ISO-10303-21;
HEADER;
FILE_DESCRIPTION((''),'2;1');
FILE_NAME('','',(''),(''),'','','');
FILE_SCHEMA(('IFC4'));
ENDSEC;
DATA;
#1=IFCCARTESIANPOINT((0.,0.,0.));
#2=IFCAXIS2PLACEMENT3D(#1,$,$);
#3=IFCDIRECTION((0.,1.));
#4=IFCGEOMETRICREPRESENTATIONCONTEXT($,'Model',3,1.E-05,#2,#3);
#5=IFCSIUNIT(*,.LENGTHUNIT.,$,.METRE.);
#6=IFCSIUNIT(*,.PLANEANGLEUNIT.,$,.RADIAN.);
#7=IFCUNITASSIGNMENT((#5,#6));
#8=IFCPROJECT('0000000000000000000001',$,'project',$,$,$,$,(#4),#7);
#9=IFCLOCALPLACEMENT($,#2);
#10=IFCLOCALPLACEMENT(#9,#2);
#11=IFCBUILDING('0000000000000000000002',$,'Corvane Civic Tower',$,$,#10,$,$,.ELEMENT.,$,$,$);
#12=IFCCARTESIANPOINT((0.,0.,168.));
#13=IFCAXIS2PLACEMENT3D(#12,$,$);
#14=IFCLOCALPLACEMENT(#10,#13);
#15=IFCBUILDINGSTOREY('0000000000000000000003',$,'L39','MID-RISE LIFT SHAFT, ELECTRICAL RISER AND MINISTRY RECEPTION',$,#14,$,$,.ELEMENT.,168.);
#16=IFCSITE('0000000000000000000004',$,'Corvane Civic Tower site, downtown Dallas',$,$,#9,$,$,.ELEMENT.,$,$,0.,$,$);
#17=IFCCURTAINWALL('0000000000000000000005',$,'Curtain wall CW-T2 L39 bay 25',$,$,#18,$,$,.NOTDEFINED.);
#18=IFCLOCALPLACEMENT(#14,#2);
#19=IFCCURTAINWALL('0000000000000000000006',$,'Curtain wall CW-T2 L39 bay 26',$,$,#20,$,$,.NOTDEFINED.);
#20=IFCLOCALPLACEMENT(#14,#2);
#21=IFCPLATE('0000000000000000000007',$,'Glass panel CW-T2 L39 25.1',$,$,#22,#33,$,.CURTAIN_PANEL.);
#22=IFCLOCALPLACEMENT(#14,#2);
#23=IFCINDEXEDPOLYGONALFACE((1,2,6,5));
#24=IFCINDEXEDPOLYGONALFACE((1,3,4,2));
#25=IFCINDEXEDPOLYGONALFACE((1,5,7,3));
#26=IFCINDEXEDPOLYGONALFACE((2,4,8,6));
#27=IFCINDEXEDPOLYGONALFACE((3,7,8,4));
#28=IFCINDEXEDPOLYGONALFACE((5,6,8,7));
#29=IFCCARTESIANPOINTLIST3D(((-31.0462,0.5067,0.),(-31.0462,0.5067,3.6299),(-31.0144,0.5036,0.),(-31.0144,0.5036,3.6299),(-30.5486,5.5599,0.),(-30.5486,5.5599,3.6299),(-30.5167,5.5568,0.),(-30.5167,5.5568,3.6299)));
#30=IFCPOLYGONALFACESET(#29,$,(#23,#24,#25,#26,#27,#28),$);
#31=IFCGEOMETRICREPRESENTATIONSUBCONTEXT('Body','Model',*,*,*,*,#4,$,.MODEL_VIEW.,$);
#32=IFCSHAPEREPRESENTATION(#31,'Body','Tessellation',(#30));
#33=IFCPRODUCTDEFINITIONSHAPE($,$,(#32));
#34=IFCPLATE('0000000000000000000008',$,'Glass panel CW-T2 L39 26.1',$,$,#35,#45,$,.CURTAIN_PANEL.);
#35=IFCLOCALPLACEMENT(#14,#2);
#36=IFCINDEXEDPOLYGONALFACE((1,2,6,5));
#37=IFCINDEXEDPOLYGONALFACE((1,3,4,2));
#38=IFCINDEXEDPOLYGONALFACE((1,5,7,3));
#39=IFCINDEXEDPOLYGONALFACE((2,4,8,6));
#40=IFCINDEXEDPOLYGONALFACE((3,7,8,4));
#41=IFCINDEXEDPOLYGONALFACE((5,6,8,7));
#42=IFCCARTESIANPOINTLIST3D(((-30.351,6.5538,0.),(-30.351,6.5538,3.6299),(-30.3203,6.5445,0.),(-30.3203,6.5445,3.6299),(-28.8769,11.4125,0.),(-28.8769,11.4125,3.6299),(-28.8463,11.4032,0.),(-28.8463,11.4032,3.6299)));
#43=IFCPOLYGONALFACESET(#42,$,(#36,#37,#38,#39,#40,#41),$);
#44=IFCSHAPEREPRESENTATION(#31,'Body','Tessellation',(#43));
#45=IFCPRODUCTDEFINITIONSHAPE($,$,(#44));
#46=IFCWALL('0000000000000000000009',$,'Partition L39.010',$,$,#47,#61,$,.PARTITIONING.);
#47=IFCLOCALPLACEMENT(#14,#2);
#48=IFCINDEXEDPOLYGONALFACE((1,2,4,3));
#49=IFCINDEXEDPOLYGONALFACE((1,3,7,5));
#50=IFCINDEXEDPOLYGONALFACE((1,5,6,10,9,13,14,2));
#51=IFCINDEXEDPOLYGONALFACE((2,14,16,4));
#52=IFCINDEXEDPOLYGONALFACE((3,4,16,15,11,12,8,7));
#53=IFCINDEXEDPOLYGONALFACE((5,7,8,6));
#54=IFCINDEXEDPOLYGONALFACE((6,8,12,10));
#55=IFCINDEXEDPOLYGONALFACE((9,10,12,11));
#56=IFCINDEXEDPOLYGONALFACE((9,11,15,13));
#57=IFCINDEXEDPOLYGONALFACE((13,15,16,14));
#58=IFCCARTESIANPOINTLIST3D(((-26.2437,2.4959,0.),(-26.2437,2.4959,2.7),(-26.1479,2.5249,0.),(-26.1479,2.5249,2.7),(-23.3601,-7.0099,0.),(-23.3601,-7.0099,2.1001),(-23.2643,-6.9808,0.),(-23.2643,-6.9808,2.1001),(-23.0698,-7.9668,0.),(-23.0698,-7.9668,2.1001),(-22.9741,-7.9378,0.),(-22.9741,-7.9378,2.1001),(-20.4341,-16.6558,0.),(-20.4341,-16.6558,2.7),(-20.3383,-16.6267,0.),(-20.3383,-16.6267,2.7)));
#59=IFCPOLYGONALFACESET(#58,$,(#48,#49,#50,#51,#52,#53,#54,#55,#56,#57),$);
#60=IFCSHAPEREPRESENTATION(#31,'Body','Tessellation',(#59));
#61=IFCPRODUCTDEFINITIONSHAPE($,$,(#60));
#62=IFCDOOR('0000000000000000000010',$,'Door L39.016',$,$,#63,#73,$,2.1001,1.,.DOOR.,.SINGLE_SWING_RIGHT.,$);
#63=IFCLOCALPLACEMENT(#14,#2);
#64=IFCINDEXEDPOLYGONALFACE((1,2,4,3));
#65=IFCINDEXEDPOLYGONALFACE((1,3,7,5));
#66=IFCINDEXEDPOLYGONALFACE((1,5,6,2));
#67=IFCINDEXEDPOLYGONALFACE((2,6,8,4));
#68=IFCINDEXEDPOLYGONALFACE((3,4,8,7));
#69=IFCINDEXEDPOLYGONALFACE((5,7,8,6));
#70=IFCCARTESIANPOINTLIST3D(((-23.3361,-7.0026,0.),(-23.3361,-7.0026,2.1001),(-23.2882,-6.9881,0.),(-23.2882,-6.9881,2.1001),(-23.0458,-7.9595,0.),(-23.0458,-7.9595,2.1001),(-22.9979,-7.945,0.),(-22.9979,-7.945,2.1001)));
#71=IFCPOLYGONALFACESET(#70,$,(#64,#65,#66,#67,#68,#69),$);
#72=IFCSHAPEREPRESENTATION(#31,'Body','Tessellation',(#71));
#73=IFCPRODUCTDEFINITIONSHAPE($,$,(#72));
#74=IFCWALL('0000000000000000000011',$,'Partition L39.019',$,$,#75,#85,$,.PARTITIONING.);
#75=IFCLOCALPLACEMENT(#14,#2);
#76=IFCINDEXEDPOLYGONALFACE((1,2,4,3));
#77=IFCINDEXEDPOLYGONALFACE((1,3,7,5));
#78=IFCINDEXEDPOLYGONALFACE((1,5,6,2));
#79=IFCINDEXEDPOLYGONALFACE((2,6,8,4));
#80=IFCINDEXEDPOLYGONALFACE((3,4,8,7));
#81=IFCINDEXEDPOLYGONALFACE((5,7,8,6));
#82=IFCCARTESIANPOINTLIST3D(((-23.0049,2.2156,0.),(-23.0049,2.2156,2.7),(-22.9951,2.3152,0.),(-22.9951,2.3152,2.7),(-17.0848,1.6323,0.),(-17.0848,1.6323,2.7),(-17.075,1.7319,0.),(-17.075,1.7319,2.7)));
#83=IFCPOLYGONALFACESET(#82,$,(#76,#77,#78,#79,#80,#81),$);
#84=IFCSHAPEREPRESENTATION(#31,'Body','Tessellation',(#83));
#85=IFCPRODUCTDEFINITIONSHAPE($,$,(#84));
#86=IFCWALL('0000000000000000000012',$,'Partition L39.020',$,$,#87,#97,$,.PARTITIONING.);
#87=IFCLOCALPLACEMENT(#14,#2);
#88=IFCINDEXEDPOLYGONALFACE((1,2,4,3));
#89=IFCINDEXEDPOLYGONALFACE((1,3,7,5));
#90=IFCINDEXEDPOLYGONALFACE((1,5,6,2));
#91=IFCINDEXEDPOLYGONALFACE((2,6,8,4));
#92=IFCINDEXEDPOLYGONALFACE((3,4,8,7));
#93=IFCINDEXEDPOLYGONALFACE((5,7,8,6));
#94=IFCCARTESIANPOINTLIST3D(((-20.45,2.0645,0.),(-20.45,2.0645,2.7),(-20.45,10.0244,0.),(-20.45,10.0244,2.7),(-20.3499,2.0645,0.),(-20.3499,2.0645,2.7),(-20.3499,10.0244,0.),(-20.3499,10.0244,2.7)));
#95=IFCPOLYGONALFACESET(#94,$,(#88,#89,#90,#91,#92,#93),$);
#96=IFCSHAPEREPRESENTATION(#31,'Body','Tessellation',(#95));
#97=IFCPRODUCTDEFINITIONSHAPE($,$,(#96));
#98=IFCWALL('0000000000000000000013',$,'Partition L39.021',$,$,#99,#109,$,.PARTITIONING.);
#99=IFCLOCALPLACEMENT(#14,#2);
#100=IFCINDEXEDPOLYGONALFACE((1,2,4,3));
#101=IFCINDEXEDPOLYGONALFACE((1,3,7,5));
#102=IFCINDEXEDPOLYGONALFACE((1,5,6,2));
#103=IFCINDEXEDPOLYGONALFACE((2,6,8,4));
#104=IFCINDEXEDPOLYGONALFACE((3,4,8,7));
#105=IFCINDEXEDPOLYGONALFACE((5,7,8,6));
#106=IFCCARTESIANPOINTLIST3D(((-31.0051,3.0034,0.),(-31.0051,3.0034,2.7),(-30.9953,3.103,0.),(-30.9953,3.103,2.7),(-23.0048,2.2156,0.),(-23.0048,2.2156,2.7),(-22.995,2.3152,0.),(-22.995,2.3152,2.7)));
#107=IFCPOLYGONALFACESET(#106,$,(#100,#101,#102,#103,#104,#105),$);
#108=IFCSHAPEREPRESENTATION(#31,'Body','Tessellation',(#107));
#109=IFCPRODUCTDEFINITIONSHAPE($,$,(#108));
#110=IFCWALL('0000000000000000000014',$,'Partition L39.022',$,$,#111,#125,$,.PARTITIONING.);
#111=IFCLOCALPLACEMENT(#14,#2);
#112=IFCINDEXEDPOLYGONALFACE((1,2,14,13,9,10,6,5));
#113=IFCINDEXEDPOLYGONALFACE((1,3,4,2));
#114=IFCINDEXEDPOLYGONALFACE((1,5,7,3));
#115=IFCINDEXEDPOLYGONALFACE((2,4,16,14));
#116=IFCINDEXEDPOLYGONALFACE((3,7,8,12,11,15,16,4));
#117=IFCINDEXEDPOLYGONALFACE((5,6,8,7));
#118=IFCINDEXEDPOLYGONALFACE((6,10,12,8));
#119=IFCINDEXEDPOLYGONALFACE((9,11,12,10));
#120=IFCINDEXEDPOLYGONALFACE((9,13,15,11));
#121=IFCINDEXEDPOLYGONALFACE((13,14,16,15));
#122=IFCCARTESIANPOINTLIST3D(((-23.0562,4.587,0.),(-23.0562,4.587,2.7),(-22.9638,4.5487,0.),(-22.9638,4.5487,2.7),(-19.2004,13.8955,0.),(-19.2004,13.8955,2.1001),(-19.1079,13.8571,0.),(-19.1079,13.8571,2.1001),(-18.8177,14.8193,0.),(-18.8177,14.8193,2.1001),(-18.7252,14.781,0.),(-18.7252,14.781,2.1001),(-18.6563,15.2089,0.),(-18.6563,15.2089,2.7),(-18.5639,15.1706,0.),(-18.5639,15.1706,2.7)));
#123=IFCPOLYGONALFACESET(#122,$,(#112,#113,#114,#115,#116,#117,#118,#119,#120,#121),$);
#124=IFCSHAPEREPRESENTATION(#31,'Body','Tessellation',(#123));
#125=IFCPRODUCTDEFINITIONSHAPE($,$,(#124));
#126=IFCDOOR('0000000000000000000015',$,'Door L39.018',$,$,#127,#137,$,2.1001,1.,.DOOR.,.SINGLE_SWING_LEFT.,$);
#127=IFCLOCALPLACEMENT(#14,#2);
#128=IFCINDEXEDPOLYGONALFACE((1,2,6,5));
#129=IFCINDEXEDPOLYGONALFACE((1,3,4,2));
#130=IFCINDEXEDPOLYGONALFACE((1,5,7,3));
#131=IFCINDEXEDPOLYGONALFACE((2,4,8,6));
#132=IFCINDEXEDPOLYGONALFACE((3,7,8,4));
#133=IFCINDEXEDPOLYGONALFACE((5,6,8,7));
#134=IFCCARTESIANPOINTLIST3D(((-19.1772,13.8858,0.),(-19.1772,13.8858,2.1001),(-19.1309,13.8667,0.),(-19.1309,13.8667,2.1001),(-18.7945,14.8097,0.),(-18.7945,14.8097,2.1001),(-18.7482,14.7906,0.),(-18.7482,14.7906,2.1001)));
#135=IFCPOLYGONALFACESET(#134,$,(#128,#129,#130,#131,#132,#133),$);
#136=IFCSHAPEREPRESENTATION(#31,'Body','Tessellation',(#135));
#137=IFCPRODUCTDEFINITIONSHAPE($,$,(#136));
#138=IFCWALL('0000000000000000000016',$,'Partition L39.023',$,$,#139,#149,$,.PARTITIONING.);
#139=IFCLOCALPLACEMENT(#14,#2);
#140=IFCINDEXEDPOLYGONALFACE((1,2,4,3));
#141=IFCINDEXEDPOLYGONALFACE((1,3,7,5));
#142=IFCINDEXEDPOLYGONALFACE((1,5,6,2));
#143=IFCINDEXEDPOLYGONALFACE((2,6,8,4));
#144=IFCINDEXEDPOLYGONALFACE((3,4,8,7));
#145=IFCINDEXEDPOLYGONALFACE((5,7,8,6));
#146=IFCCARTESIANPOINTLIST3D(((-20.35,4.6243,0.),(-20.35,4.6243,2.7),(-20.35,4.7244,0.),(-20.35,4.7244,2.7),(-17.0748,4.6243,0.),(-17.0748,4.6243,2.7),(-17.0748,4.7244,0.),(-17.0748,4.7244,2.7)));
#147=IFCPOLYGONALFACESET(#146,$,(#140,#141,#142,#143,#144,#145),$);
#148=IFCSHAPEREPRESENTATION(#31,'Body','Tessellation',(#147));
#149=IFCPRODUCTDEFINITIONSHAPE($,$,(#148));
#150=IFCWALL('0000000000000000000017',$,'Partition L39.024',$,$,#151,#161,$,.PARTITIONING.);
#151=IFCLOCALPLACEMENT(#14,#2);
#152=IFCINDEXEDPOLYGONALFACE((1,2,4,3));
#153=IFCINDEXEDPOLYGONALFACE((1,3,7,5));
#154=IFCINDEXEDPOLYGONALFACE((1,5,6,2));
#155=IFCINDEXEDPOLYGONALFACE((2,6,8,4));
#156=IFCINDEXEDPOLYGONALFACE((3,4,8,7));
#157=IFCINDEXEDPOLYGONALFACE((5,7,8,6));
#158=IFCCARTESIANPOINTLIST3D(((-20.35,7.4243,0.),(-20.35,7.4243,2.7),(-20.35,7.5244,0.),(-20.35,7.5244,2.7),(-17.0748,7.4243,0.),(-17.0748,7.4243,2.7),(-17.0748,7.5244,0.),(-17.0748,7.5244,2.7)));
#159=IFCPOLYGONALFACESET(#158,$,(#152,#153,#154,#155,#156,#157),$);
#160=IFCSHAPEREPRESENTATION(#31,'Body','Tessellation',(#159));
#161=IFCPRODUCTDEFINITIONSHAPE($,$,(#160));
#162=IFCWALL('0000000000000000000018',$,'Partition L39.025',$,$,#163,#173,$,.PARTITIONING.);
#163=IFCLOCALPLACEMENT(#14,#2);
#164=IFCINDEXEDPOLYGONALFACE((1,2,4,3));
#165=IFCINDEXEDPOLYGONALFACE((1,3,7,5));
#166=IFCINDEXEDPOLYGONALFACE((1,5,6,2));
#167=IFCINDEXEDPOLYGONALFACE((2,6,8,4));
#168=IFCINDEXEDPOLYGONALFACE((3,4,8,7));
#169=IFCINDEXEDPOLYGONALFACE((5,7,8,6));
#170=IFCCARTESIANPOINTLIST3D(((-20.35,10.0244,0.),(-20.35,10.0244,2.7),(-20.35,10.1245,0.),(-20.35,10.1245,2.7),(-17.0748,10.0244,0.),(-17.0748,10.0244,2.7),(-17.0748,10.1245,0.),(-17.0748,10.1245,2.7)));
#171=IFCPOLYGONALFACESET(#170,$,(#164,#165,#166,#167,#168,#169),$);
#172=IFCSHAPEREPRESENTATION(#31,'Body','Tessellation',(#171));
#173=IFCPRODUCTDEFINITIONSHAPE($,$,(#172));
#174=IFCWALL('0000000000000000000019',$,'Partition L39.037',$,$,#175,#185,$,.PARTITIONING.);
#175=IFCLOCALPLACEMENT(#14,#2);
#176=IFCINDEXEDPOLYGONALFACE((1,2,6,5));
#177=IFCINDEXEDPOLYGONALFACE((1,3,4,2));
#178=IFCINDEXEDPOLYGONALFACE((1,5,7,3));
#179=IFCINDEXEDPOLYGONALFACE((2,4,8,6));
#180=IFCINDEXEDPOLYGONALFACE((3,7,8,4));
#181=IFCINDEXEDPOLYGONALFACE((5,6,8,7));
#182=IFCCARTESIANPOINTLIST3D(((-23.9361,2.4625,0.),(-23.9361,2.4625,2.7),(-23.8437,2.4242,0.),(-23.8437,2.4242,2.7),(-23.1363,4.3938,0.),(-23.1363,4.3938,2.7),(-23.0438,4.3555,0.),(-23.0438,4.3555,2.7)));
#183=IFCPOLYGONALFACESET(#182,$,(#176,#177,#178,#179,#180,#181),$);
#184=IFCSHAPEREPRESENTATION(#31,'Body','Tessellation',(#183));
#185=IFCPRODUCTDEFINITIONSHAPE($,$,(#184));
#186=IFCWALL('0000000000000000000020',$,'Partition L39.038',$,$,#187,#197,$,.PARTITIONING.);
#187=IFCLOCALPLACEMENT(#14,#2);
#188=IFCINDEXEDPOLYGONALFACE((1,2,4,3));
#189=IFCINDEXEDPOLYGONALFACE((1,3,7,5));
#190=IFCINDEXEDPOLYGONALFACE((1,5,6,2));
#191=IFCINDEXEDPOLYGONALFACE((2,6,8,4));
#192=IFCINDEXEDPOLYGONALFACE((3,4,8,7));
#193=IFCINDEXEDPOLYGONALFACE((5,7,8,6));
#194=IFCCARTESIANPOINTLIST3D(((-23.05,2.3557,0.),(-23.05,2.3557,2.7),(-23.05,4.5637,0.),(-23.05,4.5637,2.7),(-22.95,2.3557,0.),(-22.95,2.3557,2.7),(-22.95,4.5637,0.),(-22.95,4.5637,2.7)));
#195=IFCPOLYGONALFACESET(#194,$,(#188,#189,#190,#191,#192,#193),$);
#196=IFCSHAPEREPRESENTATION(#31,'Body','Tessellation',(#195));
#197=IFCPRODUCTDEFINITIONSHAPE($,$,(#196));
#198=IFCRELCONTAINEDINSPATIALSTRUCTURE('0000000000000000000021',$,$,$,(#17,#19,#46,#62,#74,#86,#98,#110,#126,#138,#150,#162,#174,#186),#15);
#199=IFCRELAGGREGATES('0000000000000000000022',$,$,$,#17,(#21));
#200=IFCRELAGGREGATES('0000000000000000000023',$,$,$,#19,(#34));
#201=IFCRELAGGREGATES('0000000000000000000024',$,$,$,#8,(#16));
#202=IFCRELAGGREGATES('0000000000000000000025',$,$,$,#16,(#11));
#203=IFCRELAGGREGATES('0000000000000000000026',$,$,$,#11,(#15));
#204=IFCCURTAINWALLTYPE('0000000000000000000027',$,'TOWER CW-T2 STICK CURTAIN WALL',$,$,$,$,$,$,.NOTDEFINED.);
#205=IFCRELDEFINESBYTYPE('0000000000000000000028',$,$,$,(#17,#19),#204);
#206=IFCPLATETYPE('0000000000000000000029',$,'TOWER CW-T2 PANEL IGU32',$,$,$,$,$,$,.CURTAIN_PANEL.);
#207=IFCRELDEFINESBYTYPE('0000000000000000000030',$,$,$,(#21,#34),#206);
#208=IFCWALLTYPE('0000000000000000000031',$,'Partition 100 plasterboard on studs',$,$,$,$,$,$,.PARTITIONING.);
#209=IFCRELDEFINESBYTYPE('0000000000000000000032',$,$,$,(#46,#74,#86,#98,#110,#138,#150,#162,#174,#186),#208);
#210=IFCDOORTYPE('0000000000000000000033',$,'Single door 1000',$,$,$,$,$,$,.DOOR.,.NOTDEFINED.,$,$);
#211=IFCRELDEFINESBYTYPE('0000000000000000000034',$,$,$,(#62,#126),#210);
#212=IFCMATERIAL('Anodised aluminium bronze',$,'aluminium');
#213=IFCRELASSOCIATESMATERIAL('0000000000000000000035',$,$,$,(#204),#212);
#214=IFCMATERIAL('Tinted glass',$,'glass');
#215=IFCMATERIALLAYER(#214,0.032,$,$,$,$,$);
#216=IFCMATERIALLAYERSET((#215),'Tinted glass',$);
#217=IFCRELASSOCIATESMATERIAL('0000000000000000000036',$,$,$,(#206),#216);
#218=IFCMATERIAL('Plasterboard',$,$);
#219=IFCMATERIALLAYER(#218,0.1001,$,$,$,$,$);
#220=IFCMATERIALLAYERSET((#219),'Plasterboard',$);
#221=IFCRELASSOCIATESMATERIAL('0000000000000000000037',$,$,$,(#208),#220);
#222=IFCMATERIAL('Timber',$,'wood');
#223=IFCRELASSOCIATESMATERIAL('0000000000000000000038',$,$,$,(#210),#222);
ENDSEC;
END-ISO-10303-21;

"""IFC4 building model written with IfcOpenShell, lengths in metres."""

from ifc_helpers import new_model, si_unit, direction, frame, frame_2d, origin, origin_2d, place, context, subcontext, project, spatial, rectangle, extrude, material, layer, layer_set, type_object, element, fill, aggregate, save


model = new_model("IFC4")

# Units and contexts
model_context = context("Model", 3, precision=1e-05, world=origin(), true_north=direction((0.0, 1.0)))
body_context = subcontext(model_context, "Body", "Model", "MODEL_VIEW")
ifc_project = project(units=[si_unit("LENGTHUNIT", "METRE"), si_unit("PLANEANGLEUNIT", "RADIAN")], contexts=[model_context])

# Site, building, storey
site_placement = place(None, origin())
site = spatial("IfcSite", under=ifc_project, at=site_placement, Name="Corvane Civic Tower site, downtown Dallas", CompositionType="ELEMENT", RefElevation=0.0)
building_placement = place(site_placement, origin())
building = spatial("IfcBuilding", under=site, at=building_placement, Name="Corvane Civic Tower", CompositionType="ELEMENT")
storey_placement = place(building_placement, frame((0.0, 0.0, 168.0)))
storey = spatial("IfcBuildingStorey", under=building, at=storey_placement, Name="L39", Description="MID-RISE LIFT SHAFT, ELECTRICAL RISER AND MINISTRY RECEPTION", CompositionType="ELEMENT", Elevation=168.0)

# Curtain walls
ifc_material_1 = material(Name="Anodised aluminium bronze", Category="aluminium")
curtain_wall_type = type_object("IfcCurtainWallType", Name="TOWER CW-T2 STICK CURTAIN WALL", PredefinedType="NOTDEFINED", material=ifc_material_1)
curtain_wall_1_placement = place(storey_placement, origin())
curtain_wall_1 = element("IfcCurtainWall", 1, at=curtain_wall_1_placement, inside=storey, type_object=curtain_wall_type, Name="Curtain wall CW-T2 L39 bay 25", PredefinedType="NOTDEFINED")
curtain_wall_2_placement = place(storey_placement, origin())
curtain_wall_2 = element("IfcCurtainWall", 2, at=curtain_wall_2_placement, inside=storey, type_object=curtain_wall_type, Name="Curtain wall CW-T2 L39 bay 26", PredefinedType="NOTDEFINED")

# Plates
ifc_material_2 = material(Name="Tinted glass", Category="glass")
ifc_layer_1 = layer(ifc_material_2, 0.032)
ifc_layer_set_1 = layer_set([ifc_layer_1], Name="Tinted glass")
plate_type = type_object("IfcPlateType", Name="TOWER CW-T2 PANEL IGU32", PredefinedType="CURTAIN_PANEL", material=ifc_layer_set_1)
plate_1_placement = place(storey_placement, frame((-30.7815, 3.0317, 0.0), z_axis=(0.0, 0.0, 1.0), x_axis=(0.098012, 0.995185, 0.0)))
plate_1 = element("IfcPlate", 3, at=plate_1_placement, type_object=plate_type, Name="Glass panel CW-T2 L39 25.1", PredefinedType="CURTAIN_PANEL", context=body_context, shape_type="SweptSolid", body=[
    extrude(rectangle(XDim=5.0776, YDim=0.032, at=origin_2d()), origin(), (0.0, 0.0, 1.0), 3.6299),
])
aggregate(curtain_wall_1, [plate_1])
plate_2_placement = place(storey_placement, frame((-29.5986, 8.9785, 0.0), z_axis=(0.0, 0.0, 1.0), x_axis=(0.290313, 0.956932, 0.0)))
plate_2 = element("IfcPlate", 4, at=plate_2_placement, type_object=plate_type, Name="Glass panel CW-T2 L39 26.1", PredefinedType="CURTAIN_PANEL", context=body_context, shape_type="SweptSolid", body=[
    extrude(rectangle(XDim=5.0774, YDim=0.032, at=origin_2d()), origin(), (0.0, 0.0, 1.0), 3.6299),
])
aggregate(curtain_wall_2, [plate_2])

# Wall, opening, door
ifc_material_3 = material(Name="Plasterboard")
ifc_layer_2 = layer(ifc_material_3, 0.1001)
ifc_layer_set_2 = layer_set([ifc_layer_2], Name="Plasterboard")
wall_type = type_object("IfcWallType", Name="Partition 100 plasterboard on studs", PredefinedType="PARTITIONING", material=ifc_layer_set_2)
wall_1_placement = place(storey_placement, frame((-26.1958, 2.5105, 0.0), z_axis=(0.0, 0.0, 1.0), x_axis=(0.290284, -0.95694, 0.0)))
wall_1 = element("IfcWall", 5, at=wall_1_placement, inside=storey, type_object=wall_type, Name="Partition L39.010", PredefinedType="PARTITIONING", context=body_context, shape_type="SweptSolid", body=[
    extrude(rectangle(XDim=20.0134, YDim=0.1001, at=frame_2d((10.0068, 0.0))), origin(), (0.0, 0.0, 1.0), 2.7),
])
opening_1_placement = place(wall_1_placement, frame((9.9336, 0.0, 0.0)))
opening_1 = element("IfcOpeningElement", 6, at=opening_1_placement, cuts=wall_1, PredefinedType="OPENING", context=body_context, shape_type="SweptSolid", body=[
    extrude(rectangle(XDim=1.0, YDim=2.1001, at=frame_2d((0.5, 1.05))), frame((0.0, 0.0601, 0.0), z_axis=(0.0, -1.0, 0.0), x_axis=(1.0, 0.0, 0.0)), (0.0, 0.0, 1.0), 0.1201),
])
ifc_material_4 = material(Name="Timber", Category="wood")
door_type = type_object("IfcDoorType", Name="Single door 1000", OperationType="NOTDEFINED", PredefinedType="DOOR", material=ifc_material_4)
door_1_placement = place(opening_1_placement, frame((1.0, 0.0, 0.0), z_axis=(0.0, 0.0, 1.0), x_axis=(-1.0, 0.0, 0.0)))
door_1 = element("IfcDoor", 7, at=door_1_placement, inside=storey, type_object=door_type, Name="Door L39.016", OperationType="SINGLE_SWING_RIGHT", OverallHeight=2.1001, OverallWidth=1.0, PredefinedType="DOOR", context=body_context, shape_type="SweptSolid", body=[
    extrude(rectangle(XDim=1.0, YDim=2.1001, at=frame_2d((0.5, 1.05))), frame((0.0, 0.0249, 0.0), z_axis=(0.0, -1.0, 0.0), x_axis=(1.0, 0.0, 0.0)), (0.0, 0.0, 1.0), 0.05),
])
fill(opening_1, door_1)

# Walls
wall_2_placement = place(storey_placement, frame((-23.0, 2.2654, 0.0), z_axis=(0.0, 0.0, 1.0), x_axis=(0.995182, -0.098045, 0.0)))
element("IfcWall", 8, at=wall_2_placement, inside=storey, type_object=wall_type, Name="Partition L39.019", PredefinedType="PARTITIONING", context=body_context, shape_type="SweptSolid", body=[
    extrude(rectangle(XDim=5.9487, YDim=0.1001, at=frame_2d((2.9744, 0.0))), origin(), (0.0, 0.0, 1.0), 2.7),
])
wall_3_placement = place(storey_placement, frame((-20.3999, 2.0645, 0.0), z_axis=(0.0, 0.0, 1.0), x_axis=(0.0, 1.0, 0.0)))
element("IfcWall", 9, at=wall_3_placement, inside=storey, type_object=wall_type, Name="Partition L39.020", PredefinedType="PARTITIONING", context=body_context, shape_type="SweptSolid", body=[
    extrude(rectangle(XDim=7.96, YDim=0.1001, at=frame_2d((3.98, 0.0))), origin(), (0.0, 0.0, 1.0), 2.7),
])
wall_4_placement = place(storey_placement, frame((-31.0002, 3.0532, 0.0), z_axis=(0.0, 0.0, 1.0), x_axis=(0.995186, -0.098003, 0.0)))
element("IfcWall", 10, at=wall_4_placement, inside=storey, type_object=wall_type, Name="Partition L39.021", PredefinedType="PARTITIONING", context=body_context, shape_type="SweptSolid", body=[
    extrude(rectangle(XDim=8.0391, YDim=0.1001, at=frame_2d((4.0195, 0.0))), origin(), (0.0, 0.0, 1.0), 2.7),
])

# Wall, opening, door
wall_5_placement = place(storey_placement, frame((-23.01, 4.5679, 0.0), z_axis=(0.0, 0.0, 1.0), x_axis=(0.382698, 0.923873, 0.0)))
wall_5 = element("IfcWall", 11, at=wall_5_placement, inside=storey, type_object=wall_type, Name="Partition L39.022", PredefinedType="PARTITIONING", context=body_context, shape_type="SweptSolid", body=[
    extrude(rectangle(XDim=11.4971, YDim=0.1001, at=frame_2d((5.7485, 0.0))), origin(), (0.0, 0.0, 1.0), 2.7),
])
opening_2_placement = place(wall_5_placement, frame((10.0754, 0.0, 0.0)))
opening_2 = element("IfcOpeningElement", 12, at=opening_2_placement, cuts=wall_5, PredefinedType="OPENING", context=body_context, shape_type="SweptSolid", body=[
    extrude(rectangle(XDim=1.0, YDim=2.1001, at=frame_2d((0.5, 1.05))), frame((0.0, 0.0601, 0.0), z_axis=(0.0, -1.0, 0.0), x_axis=(1.0, 0.0, 0.0)), (0.0, 0.0, 1.0), 0.1201),
])
door_2_placement = place(opening_2_placement, origin())
door_2 = element("IfcDoor", 13, at=door_2_placement, inside=storey, type_object=door_type, Name="Door L39.018", OperationType="SINGLE_SWING_LEFT", OverallHeight=2.1001, OverallWidth=1.0, PredefinedType="DOOR", context=body_context, shape_type="SweptSolid", body=[
    extrude(rectangle(XDim=1.0, YDim=2.1001, at=frame_2d((0.5, 1.05))), frame((0.0, 0.0249, 0.0), z_axis=(0.0, -1.0, 0.0), x_axis=(1.0, 0.0, 0.0)), (0.0, 0.0, 1.0), 0.05),
])
fill(opening_2, door_2)

# Walls
for number, where, z_axis, x_axis, name in (
    (14, (-20.3501, 4.6743, 0.0), (0.0, 0.0, 1.0), (1.0, 0.0, 0.0), "Partition L39.023"),
    (15, (-20.3501, 7.4744, 0.0), (0.0, 0.0, 1.0), (1.0, 0.0, 0.0), "Partition L39.024"),
    (16, (-20.3501, 10.0745, 0.0), (0.0, 0.0, 1.0), (1.0, 0.0, 0.0), "Partition L39.025"),
):
    element("IfcWall", number, at=place(storey_placement, frame(where, z_axis=z_axis, x_axis=x_axis)), inside=storey, type_object=wall_type, Name=name, PredefinedType="PARTITIONING", context=body_context, shape_type="SweptSolid", body=[
        extrude(rectangle(XDim=3.2751, YDim=0.1001, at=frame_2d((1.6377, 0.0))), origin(), (0.0, 0.0, 1.0), 2.7),
    ])
wall_6_placement = place(storey_placement, frame((-23.8899, 2.4434, 0.0), z_axis=(0.0, 0.0, 1.0), x_axis=(0.382641, 0.923897, 0.0)))
element("IfcWall", 17, at=wall_6_placement, inside=storey, type_object=wall_type, Name="Partition L39.037", PredefinedType="PARTITIONING", context=body_context, shape_type="SweptSolid", body=[
    extrude(rectangle(XDim=2.0903, YDim=0.1001, at=frame_2d((1.0452, 0.0))), origin(), (0.0, 0.0, 1.0), 2.7),
])
wall_7_placement = place(storey_placement, frame((-23.0, 2.3557, 0.0), z_axis=(0.0, 0.0, 1.0), x_axis=(0.0, 1.0, 0.0)))
element("IfcWall", 18, at=wall_7_placement, inside=storey, type_object=wall_type, Name="Partition L39.038", PredefinedType="PARTITIONING", context=body_context, shape_type="SweptSolid", body=[
    extrude(rectangle(XDim=2.208, YDim=0.1001, at=frame_2d((1.104, 0.0))), origin(), (0.0, 0.0, 1.0), 2.7),
])

save(model, "model.ifc")
